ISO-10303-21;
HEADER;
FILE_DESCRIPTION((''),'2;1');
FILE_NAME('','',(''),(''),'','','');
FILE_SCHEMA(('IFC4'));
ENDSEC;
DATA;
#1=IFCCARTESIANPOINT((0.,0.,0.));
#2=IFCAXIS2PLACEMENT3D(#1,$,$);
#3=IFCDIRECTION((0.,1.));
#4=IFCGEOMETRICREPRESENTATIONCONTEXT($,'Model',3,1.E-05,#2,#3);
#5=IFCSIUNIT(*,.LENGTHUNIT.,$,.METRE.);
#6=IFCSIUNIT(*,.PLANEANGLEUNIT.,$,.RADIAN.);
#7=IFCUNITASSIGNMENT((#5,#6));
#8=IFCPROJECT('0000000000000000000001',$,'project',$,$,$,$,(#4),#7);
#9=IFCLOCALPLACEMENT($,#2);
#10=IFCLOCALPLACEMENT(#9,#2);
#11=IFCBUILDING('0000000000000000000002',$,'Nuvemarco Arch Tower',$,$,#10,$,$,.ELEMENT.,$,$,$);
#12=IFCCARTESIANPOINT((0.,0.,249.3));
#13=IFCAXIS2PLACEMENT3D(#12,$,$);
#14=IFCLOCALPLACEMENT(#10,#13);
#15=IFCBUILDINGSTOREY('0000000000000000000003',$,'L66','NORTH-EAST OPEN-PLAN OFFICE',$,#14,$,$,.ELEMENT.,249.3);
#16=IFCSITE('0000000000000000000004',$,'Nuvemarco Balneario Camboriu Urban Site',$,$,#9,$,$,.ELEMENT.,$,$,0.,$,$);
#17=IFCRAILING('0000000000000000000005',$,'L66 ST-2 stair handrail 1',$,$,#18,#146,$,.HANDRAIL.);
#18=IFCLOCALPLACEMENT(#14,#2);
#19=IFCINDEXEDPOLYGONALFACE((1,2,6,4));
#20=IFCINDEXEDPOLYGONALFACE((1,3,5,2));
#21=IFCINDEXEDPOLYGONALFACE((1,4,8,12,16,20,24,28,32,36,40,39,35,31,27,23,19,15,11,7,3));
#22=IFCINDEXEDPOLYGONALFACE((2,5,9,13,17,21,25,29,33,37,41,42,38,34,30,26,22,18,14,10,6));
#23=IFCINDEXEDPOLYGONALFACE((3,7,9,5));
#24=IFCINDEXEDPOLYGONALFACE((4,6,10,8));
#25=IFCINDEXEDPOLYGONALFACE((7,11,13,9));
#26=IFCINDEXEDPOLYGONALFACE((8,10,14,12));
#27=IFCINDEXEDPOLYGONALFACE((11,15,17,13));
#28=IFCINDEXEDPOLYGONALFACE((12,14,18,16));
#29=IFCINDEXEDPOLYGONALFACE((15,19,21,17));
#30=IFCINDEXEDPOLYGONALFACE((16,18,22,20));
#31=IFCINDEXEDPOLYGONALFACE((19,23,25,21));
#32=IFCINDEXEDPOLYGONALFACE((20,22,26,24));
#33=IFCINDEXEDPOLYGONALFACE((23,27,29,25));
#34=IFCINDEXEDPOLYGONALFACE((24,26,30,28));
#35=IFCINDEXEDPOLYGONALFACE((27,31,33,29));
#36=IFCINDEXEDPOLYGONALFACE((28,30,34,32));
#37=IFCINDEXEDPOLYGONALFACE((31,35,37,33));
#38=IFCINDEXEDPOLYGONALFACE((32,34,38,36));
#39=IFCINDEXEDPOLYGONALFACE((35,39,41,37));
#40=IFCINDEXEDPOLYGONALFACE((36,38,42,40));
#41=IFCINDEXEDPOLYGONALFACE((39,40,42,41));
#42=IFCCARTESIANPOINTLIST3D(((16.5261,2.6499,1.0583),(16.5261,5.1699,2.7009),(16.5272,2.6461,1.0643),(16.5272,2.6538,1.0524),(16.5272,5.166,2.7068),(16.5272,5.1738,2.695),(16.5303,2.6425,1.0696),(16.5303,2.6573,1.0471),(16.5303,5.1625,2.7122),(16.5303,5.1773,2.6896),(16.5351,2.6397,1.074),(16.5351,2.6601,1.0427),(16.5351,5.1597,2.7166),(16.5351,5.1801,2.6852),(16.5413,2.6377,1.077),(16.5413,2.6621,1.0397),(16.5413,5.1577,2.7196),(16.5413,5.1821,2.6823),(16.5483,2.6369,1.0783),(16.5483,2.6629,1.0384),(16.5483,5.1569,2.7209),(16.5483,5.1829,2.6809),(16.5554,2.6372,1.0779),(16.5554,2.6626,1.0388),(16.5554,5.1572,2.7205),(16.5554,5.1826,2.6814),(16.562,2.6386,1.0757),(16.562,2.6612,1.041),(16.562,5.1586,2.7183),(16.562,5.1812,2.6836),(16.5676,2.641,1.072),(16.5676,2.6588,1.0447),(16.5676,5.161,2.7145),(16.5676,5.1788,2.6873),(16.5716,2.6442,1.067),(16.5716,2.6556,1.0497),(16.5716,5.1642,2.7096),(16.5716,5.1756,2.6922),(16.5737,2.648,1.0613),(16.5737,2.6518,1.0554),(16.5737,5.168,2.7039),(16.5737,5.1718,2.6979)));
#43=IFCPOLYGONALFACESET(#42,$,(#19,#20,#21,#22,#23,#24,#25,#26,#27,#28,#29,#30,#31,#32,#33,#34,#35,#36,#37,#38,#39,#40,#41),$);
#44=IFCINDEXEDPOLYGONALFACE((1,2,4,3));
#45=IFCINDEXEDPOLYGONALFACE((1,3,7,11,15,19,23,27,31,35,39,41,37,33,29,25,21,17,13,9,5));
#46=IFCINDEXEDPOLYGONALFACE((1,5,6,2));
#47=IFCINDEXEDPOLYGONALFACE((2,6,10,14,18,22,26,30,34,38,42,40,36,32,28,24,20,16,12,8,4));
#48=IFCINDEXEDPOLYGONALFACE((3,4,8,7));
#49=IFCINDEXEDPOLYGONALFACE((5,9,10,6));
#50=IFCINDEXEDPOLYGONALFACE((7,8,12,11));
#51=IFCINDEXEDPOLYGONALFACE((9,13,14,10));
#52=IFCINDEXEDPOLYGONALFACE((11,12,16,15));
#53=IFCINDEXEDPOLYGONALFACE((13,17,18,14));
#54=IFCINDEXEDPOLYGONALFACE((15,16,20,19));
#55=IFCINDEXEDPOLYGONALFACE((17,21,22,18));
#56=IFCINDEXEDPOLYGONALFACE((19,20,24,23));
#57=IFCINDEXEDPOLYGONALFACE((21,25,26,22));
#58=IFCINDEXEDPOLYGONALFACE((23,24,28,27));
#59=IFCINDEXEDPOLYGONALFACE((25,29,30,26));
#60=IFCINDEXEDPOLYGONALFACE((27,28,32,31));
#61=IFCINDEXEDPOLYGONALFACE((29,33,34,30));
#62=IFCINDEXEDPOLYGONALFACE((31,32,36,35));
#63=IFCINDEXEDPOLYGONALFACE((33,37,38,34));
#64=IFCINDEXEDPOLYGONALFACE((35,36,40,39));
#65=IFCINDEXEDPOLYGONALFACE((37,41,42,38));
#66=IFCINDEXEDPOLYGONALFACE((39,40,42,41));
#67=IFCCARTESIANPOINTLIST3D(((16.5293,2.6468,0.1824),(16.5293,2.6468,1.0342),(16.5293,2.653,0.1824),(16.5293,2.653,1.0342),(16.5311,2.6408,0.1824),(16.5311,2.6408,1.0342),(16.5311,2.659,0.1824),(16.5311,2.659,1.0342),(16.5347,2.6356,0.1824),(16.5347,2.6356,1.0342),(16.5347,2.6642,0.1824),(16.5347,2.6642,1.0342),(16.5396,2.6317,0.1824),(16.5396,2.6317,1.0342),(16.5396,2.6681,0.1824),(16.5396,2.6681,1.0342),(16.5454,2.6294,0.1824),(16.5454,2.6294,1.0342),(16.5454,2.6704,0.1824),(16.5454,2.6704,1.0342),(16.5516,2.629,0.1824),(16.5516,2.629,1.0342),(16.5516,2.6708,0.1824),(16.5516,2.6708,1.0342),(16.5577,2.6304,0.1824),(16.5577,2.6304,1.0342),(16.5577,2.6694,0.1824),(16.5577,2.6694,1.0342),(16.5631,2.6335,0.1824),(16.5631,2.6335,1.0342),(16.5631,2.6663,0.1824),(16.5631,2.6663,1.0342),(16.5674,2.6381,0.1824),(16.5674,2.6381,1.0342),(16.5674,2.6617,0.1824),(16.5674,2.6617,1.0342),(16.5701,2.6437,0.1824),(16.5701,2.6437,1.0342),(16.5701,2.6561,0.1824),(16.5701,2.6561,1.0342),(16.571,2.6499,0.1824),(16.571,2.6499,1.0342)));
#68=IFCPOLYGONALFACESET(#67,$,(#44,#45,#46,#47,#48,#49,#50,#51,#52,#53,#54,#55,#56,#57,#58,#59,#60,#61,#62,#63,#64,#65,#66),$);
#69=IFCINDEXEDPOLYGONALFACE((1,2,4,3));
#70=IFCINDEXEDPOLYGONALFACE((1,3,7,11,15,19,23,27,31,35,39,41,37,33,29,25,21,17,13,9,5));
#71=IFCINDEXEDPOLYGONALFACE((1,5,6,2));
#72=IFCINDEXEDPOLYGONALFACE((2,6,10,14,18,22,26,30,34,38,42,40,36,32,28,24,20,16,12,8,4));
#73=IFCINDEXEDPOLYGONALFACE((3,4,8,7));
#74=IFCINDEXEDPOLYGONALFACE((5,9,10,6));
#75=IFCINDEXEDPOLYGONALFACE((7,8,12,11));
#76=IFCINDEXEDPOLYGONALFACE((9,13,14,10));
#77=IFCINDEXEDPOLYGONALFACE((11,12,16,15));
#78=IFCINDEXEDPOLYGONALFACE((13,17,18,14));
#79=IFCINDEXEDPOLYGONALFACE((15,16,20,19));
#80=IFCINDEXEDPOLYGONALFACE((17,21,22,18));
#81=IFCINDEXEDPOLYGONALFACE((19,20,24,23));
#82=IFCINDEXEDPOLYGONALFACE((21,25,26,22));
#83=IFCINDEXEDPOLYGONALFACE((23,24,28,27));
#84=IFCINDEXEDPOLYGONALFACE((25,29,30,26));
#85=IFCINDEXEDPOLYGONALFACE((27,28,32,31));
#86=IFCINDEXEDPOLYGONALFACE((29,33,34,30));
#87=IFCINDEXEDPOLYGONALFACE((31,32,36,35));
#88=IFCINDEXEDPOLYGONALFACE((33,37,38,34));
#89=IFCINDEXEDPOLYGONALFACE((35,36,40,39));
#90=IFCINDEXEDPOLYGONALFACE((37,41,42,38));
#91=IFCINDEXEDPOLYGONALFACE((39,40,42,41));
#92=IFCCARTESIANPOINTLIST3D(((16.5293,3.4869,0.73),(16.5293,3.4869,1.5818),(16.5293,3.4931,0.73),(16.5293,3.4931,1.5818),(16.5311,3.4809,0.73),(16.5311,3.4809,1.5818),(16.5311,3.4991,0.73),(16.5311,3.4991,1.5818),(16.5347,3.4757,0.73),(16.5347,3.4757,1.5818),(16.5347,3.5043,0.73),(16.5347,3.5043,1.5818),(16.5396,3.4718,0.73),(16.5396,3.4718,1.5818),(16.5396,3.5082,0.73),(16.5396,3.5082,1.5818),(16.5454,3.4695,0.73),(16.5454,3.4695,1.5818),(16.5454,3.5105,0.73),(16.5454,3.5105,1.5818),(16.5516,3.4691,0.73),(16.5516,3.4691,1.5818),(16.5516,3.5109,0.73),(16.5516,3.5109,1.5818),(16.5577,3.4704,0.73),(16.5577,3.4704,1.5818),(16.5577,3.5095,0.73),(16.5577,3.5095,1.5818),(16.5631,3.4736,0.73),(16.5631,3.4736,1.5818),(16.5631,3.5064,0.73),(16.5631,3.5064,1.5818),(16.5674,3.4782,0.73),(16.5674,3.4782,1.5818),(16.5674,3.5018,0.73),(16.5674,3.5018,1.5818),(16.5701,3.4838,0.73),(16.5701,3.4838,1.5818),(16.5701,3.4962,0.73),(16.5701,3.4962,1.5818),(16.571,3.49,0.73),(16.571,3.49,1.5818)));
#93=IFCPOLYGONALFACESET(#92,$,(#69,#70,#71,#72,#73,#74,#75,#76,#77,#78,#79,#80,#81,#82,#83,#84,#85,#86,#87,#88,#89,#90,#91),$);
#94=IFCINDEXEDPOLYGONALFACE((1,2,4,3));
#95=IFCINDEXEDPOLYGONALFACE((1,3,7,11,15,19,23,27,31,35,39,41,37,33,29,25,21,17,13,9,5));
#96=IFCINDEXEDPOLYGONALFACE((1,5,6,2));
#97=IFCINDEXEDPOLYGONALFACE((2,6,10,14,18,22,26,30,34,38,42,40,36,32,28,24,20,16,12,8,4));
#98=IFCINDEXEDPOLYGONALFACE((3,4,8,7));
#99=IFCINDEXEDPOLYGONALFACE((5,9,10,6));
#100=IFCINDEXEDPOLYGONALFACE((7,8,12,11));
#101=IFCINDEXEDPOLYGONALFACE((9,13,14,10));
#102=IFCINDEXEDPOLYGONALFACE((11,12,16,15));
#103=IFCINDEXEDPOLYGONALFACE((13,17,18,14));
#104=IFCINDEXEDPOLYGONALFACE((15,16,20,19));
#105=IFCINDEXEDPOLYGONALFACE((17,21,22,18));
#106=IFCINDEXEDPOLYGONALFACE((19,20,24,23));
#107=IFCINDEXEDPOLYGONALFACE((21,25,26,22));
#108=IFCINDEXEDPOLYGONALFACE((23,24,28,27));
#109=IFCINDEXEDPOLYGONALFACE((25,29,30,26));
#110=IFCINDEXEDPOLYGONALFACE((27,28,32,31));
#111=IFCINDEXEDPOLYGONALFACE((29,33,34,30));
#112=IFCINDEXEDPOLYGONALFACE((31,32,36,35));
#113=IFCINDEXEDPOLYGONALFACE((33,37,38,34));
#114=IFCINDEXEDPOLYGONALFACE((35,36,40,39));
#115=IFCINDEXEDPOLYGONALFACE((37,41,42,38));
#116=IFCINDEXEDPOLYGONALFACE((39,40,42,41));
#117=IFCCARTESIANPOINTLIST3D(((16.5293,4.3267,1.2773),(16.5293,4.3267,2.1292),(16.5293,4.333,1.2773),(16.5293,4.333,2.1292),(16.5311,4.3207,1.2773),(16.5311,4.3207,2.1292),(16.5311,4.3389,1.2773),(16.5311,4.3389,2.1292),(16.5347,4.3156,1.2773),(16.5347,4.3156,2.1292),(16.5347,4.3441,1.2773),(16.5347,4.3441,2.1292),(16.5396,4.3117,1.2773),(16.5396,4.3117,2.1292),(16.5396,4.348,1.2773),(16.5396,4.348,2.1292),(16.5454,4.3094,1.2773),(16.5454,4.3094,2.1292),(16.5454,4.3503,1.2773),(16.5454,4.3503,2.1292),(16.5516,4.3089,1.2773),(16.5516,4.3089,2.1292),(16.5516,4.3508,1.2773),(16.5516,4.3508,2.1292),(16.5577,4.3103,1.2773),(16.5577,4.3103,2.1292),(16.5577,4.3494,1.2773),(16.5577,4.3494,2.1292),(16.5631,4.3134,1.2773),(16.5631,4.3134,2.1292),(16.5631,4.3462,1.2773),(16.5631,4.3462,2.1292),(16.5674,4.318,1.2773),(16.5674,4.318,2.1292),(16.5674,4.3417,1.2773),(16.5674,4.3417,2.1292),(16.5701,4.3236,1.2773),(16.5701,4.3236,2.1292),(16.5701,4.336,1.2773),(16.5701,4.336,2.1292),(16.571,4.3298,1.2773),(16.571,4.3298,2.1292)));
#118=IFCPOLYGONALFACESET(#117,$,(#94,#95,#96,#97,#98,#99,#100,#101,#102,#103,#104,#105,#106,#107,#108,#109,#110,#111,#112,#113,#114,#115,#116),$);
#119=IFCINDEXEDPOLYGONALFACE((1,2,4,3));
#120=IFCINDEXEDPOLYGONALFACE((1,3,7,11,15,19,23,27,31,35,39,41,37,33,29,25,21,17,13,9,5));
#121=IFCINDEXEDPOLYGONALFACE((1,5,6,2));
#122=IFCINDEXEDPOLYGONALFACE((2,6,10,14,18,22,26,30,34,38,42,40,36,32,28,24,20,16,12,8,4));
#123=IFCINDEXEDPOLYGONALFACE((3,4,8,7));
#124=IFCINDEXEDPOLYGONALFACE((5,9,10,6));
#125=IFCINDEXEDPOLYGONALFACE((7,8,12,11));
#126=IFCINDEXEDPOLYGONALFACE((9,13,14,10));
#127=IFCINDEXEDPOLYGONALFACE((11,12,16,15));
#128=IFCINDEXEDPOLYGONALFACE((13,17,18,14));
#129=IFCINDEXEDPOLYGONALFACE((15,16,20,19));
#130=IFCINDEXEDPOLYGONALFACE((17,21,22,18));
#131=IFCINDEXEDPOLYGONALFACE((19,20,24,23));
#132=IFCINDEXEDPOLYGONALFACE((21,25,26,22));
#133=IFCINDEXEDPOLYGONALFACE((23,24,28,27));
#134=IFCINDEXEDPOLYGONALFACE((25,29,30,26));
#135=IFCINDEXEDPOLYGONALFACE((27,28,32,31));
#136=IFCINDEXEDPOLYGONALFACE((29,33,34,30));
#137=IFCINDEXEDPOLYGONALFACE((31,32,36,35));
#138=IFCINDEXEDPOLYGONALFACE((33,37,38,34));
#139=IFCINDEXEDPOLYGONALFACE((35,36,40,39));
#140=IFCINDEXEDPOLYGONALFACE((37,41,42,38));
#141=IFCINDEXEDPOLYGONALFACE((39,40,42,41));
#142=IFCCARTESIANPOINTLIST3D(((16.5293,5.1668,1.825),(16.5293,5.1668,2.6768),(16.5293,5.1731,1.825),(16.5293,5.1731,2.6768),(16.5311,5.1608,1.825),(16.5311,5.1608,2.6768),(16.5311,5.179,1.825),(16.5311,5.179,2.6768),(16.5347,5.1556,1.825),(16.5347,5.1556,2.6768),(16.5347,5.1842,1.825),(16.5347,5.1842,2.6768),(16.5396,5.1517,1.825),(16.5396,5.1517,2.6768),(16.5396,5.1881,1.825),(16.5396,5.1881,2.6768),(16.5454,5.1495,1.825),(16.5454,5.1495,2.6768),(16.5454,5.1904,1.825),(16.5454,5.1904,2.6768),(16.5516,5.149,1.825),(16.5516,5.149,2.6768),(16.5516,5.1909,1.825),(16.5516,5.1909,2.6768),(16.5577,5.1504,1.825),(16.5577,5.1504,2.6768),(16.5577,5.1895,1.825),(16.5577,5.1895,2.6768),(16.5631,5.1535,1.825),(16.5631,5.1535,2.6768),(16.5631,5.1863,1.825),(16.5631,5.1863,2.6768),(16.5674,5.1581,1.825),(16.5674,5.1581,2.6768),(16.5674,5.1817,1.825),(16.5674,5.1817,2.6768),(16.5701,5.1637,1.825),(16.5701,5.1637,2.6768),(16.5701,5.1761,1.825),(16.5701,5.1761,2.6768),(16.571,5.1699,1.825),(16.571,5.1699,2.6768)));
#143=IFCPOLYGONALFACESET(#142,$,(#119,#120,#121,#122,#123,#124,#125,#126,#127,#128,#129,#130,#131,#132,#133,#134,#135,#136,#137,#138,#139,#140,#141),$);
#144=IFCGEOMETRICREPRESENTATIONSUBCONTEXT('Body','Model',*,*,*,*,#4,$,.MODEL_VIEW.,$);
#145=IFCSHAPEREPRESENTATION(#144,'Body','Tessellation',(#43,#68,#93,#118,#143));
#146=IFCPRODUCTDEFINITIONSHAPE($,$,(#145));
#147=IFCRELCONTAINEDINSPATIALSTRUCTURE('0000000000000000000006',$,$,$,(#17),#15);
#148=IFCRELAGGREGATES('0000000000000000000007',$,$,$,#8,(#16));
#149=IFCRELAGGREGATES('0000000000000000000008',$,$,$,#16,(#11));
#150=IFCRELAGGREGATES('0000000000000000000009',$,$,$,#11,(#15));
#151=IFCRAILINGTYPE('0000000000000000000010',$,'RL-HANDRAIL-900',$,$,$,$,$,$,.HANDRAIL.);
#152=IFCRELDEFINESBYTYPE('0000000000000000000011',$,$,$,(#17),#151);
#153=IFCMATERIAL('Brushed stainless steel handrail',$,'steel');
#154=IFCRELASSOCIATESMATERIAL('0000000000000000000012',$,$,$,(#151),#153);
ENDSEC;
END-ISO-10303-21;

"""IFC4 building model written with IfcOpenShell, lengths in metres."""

from ifc_helpers import new_model, si_unit, direction, frame, origin, origin_2d, place, context, subcontext, project, spatial, circle, extrude, material, type_object, element, save


model = new_model("IFC4")

# Units and contexts
model_context = context("Model", 3, precision=1e-05, world=origin(), true_north=direction((0.0, 1.0)))
body_context = subcontext(model_context, "Body", "Model", "MODEL_VIEW")
ifc_project = project(units=[si_unit("LENGTHUNIT", "METRE"), si_unit("PLANEANGLEUNIT", "RADIAN")], contexts=[model_context])

# Site, building, storey
site_placement = place(None, origin())
site = spatial("IfcSite", under=ifc_project, at=site_placement, Name="Nuvemarco Balneario Camboriu Urban Site", CompositionType="ELEMENT", RefElevation=0.0)
building_placement = place(site_placement, origin())
building = spatial("IfcBuilding", under=site, at=building_placement, Name="Nuvemarco Arch Tower", CompositionType="ELEMENT")
storey_placement = place(building_placement, frame((0.0, 0.0, 249.3)))
storey = spatial("IfcBuildingStorey", under=building, at=storey_placement, Name="L66", Description="NORTH-EAST OPEN-PLAN OFFICE", CompositionType="ELEMENT", Elevation=249.3)

# Railing
ifc_material_1 = material(Name="Brushed stainless steel handrail", Category="steel")
railing_type_1 = type_object("IfcRailingType", Name="RL-HANDRAIL-900", PredefinedType="HANDRAIL", material=ifc_material_1)
railing_1_placement = place(storey_placement, frame((16.55, 2.6499, 0.1824)))
element("IfcRailing", 1, at=railing_1_placement, inside=storey, type_object=railing_type_1, Name="L66 ST-2 stair handrail 1", PredefinedType="HANDRAIL", context=body_context, shape_type="SweptSolid", body=[
    extrude(circle(Radius=0.0239, at=origin_2d()), frame((0.0, 0.0, 0.876), z_axis=(0.0, 0.837749, 0.546055), x_axis=(-1.0, 0.0, 0.0)), (0.0, 0.0, 1.0), 3.0081),
    extrude(circle(Radius=0.021, at=origin_2d()), origin(), (0.0, 0.0, 1.0), 0.8518),
    extrude(circle(Radius=0.021, at=origin_2d()), frame((0.0, 0.8401, 0.5476)), (0.0, 0.0, 1.0), 0.8518),
    extrude(circle(Radius=0.021, at=origin_2d()), frame((0.0, 1.6799, 1.095)), (0.0, 0.0, 1.0), 0.8518),
    extrude(circle(Radius=0.021, at=origin_2d()), frame((0.0, 2.52, 1.6426)), (0.0, 0.0, 1.0), 0.8518),
])

save(model, "model.ifc")
